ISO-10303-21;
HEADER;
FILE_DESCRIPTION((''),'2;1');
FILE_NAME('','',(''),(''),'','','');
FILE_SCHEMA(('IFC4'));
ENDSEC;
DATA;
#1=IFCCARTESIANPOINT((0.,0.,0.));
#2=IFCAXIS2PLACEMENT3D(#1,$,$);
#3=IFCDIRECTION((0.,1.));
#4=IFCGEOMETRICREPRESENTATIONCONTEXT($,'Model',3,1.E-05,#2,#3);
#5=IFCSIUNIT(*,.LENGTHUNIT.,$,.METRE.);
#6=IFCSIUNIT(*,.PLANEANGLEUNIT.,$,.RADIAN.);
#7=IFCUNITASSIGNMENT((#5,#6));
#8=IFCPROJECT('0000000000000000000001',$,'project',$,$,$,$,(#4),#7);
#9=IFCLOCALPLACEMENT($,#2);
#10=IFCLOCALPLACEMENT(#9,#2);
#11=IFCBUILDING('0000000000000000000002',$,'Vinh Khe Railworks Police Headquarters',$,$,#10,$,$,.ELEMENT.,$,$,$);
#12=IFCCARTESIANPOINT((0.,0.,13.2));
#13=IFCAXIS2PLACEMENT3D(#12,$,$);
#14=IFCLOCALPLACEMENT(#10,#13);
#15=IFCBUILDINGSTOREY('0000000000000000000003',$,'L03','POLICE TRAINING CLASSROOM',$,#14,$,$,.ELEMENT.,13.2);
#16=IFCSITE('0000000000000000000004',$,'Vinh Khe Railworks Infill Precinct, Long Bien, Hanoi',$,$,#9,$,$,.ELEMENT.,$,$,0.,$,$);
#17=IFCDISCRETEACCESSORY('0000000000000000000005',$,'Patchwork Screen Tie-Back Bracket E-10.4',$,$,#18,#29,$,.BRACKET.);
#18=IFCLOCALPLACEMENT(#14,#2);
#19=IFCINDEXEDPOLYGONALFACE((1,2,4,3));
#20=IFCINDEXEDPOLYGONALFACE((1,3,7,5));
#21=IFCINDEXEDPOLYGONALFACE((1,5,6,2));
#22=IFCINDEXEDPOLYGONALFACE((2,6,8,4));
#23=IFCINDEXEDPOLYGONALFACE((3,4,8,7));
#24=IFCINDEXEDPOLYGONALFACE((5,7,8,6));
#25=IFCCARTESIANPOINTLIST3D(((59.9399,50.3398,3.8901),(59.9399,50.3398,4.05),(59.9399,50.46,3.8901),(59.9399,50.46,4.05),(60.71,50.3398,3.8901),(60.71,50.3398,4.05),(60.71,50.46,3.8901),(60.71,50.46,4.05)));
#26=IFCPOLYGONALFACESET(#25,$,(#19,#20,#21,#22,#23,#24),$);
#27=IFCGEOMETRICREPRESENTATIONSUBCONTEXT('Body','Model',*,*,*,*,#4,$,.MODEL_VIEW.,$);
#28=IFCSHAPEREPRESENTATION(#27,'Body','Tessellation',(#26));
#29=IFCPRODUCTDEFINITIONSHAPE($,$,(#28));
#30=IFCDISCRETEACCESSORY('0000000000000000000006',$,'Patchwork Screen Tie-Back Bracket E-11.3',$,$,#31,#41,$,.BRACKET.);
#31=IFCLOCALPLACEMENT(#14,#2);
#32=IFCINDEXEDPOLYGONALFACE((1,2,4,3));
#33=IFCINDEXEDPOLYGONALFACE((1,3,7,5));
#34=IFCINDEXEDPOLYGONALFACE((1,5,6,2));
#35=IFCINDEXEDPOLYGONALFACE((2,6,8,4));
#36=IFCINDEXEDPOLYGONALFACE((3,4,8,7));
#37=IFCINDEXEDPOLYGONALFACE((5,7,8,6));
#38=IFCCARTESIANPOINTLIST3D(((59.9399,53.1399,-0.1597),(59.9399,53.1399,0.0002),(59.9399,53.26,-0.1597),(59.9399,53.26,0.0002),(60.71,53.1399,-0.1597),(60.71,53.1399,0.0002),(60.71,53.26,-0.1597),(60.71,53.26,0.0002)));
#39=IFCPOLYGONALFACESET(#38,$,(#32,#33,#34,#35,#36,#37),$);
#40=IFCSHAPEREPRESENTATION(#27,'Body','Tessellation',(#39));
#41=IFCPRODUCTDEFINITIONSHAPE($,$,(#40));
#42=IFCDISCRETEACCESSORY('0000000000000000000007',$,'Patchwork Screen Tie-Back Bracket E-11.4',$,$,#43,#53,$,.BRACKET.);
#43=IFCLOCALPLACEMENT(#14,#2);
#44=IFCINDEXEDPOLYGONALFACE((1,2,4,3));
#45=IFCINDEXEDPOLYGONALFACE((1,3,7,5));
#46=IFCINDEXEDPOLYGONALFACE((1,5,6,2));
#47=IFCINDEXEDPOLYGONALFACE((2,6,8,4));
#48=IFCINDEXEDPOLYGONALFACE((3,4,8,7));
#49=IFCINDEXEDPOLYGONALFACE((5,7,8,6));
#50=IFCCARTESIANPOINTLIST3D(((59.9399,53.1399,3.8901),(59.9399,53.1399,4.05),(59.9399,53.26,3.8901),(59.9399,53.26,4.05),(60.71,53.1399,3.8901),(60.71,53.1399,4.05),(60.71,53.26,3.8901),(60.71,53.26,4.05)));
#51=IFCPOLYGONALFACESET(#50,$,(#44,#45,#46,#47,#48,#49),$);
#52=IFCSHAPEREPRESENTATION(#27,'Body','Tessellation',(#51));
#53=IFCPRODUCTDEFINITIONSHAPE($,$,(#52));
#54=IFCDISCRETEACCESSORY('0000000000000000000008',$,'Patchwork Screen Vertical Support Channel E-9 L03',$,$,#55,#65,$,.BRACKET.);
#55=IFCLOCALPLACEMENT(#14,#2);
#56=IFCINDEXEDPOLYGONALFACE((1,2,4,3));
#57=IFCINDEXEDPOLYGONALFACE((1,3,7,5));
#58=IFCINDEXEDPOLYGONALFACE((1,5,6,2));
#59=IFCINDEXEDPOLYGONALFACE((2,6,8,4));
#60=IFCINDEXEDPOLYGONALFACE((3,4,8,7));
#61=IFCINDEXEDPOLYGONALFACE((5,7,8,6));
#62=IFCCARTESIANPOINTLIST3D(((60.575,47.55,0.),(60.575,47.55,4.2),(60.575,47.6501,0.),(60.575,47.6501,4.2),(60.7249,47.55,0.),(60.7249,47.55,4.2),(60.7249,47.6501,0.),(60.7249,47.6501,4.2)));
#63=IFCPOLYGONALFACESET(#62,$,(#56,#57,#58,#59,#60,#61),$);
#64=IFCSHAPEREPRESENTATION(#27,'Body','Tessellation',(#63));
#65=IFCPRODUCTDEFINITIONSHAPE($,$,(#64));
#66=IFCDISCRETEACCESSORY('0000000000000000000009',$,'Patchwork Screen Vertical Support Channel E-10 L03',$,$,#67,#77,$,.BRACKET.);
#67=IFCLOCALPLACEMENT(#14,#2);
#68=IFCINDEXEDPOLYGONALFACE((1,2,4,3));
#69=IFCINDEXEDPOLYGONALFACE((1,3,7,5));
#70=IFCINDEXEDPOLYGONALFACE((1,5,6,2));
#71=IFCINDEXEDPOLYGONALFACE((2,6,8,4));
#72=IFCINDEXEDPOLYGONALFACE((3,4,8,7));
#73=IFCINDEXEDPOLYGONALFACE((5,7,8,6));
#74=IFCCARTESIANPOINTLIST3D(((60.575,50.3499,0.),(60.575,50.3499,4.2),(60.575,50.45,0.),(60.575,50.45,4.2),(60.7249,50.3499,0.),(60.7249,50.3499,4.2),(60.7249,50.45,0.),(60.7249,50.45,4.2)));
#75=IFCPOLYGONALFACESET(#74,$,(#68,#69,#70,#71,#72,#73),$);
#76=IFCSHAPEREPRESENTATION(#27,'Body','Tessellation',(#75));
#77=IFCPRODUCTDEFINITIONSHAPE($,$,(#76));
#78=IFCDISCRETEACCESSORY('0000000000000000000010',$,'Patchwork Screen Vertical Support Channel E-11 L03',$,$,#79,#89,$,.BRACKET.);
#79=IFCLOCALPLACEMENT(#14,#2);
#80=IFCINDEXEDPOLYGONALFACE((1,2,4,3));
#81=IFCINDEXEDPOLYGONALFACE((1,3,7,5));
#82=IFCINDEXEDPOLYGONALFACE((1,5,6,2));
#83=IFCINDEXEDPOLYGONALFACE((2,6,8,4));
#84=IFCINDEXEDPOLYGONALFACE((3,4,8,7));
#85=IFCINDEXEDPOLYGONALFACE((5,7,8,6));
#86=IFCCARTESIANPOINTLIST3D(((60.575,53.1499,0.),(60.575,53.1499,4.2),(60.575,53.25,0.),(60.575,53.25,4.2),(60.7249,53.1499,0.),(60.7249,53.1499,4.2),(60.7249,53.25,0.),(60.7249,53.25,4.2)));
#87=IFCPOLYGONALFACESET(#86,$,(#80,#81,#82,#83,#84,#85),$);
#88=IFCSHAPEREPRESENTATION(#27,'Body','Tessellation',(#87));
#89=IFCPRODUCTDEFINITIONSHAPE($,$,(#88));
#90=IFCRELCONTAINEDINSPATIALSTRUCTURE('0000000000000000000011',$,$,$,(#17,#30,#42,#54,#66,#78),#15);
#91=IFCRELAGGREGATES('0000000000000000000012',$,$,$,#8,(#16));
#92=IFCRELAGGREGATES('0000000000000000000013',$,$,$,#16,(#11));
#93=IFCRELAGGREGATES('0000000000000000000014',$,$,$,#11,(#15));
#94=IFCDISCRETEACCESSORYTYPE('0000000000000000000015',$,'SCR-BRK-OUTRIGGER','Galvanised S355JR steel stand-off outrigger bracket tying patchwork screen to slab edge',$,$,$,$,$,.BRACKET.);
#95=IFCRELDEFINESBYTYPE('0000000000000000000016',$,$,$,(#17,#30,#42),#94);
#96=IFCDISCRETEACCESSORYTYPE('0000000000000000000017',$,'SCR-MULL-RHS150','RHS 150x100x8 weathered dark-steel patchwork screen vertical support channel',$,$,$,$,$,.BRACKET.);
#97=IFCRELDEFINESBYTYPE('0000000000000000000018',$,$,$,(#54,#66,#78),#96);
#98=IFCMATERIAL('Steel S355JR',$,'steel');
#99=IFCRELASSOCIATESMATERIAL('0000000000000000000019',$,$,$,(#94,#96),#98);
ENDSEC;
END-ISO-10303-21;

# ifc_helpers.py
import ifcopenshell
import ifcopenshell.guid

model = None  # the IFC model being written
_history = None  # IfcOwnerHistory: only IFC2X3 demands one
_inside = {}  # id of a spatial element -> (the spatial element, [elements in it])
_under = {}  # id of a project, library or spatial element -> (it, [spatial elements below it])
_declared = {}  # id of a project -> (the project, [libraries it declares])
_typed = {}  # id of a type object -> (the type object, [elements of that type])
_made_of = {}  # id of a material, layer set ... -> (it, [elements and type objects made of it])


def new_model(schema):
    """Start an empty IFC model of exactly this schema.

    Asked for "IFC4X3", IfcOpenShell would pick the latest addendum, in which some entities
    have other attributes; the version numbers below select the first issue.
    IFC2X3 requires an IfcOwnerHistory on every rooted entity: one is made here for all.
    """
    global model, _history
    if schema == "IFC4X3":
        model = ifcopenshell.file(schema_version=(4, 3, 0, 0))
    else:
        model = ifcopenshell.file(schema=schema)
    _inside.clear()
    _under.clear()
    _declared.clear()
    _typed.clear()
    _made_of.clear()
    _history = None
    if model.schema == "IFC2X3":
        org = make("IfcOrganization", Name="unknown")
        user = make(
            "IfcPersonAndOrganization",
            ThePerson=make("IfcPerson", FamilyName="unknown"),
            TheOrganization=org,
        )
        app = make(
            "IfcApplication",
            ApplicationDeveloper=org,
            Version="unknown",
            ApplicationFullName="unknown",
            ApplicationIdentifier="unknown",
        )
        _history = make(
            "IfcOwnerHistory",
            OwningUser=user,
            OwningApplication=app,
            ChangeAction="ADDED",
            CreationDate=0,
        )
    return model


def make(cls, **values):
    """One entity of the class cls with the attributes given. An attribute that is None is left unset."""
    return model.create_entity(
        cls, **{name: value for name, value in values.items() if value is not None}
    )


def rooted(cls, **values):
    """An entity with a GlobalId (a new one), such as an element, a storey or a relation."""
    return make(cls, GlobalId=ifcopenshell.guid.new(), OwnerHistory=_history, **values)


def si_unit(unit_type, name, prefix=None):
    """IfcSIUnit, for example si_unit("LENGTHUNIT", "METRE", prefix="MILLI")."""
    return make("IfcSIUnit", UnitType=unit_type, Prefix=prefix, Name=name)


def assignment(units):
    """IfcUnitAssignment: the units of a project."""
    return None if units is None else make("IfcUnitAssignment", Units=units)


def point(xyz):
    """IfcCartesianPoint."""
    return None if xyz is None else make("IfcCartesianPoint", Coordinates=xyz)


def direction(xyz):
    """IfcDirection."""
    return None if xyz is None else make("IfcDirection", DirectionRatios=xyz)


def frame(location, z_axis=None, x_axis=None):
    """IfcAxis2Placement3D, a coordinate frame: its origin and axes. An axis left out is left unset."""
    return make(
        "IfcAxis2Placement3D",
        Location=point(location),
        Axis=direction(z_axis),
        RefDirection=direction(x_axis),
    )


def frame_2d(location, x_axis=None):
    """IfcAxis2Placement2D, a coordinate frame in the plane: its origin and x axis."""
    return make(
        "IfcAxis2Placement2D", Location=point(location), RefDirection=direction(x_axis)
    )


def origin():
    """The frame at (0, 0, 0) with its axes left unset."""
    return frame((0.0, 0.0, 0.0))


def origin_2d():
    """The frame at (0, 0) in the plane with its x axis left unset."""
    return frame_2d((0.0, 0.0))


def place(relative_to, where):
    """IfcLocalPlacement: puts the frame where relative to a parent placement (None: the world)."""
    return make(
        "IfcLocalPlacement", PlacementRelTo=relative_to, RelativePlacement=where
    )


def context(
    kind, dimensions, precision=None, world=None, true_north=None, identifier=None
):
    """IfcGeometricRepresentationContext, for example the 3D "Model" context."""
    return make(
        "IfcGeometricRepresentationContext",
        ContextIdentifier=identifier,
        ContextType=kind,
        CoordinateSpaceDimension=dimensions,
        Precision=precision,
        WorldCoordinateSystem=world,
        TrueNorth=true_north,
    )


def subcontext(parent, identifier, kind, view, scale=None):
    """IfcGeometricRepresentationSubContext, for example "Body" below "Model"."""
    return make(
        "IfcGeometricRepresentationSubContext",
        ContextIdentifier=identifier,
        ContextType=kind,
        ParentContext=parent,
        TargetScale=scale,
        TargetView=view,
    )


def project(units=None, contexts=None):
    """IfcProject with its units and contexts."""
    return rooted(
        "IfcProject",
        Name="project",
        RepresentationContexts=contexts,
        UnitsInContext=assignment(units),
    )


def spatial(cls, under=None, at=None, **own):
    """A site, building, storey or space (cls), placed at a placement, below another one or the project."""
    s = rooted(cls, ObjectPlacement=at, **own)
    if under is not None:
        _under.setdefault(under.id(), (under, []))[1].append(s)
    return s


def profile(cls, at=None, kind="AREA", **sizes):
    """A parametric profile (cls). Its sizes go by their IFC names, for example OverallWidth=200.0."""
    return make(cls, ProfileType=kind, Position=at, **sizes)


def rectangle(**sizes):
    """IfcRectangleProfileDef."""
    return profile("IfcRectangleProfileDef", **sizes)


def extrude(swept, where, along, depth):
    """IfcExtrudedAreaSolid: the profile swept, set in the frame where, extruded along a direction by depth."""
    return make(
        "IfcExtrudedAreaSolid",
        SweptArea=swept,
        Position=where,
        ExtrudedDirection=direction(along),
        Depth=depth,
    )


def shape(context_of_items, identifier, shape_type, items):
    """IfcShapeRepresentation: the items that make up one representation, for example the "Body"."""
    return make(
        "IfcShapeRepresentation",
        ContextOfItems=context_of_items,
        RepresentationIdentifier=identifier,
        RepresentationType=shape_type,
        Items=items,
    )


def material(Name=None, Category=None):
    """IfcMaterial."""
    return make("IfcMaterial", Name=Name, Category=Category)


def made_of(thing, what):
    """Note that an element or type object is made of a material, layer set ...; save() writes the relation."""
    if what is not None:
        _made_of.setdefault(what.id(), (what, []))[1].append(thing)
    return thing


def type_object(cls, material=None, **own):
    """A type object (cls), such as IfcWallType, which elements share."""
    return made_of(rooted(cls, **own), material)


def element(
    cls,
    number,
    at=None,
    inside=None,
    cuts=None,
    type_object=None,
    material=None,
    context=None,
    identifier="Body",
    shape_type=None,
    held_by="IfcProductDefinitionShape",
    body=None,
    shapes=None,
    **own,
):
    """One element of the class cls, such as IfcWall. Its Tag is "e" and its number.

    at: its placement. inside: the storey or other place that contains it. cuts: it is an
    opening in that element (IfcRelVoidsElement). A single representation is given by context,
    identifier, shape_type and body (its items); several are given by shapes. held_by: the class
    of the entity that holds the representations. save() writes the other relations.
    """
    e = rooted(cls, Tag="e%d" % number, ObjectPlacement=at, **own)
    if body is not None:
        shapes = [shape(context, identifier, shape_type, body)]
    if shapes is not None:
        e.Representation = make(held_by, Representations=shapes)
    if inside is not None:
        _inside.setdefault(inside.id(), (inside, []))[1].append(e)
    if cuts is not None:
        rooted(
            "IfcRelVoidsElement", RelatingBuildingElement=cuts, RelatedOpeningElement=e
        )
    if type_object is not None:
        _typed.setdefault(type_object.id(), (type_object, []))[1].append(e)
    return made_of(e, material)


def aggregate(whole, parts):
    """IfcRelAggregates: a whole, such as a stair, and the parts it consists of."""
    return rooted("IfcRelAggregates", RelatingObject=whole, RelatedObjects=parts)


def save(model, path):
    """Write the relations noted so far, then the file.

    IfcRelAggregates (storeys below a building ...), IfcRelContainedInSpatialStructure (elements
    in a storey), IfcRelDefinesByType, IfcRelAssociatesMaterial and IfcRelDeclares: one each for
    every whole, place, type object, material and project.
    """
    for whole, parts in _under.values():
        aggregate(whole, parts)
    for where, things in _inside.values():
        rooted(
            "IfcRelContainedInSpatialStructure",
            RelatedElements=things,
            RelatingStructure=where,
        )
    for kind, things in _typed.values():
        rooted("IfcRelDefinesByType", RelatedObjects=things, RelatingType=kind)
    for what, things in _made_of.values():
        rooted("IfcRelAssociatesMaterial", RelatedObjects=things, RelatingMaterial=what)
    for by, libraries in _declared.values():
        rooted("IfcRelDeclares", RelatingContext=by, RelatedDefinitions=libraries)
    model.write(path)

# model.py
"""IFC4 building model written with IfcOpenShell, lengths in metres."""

from ifc_helpers import new_model, si_unit, direction, frame, origin, origin_2d, place, context, subcontext, project, spatial, rectangle, extrude, material, type_object, element, save


model = new_model("IFC4")

# Units and contexts
model_context = context("Model", 3, precision=1e-05, world=origin(), true_north=direction((0.0, 1.0)))
body_context = subcontext(model_context, "Body", "Model", "MODEL_VIEW")
ifc_project = project(units=[si_unit("LENGTHUNIT", "METRE"), si_unit("PLANEANGLEUNIT", "RADIAN")], contexts=[model_context])

# Site, building, storey
site_placement = place(None, origin())
site = spatial("IfcSite", under=ifc_project, at=site_placement, Name="Vinh Khe Railworks Infill Precinct, Long Bien, Hanoi", CompositionType="ELEMENT", RefElevation=0.0)
building_placement = place(site_placement, origin())
building = spatial("IfcBuilding", under=site, at=building_placement, Name="Vinh Khe Railworks Police Headquarters", CompositionType="ELEMENT")
storey_placement = place(building_placement, frame((0.0, 0.0, 13.2)))
storey = spatial("IfcBuildingStorey", under=building, at=storey_placement, Name="L03", Description="POLICE TRAINING CLASSROOM", CompositionType="ELEMENT", Elevation=13.2)

# Shared definitions
ifc_material_1 = material(Name="Steel S355JR", Category="steel")

# Discrete accessories
discrete_accessory_type_1 = type_object("IfcDiscreteAccessoryType", Name="SCR-BRK-OUTRIGGER", Description="Galvanised S355JR steel stand-off outrigger bracket tying patchwork screen to slab edge", PredefinedType="BRACKET", material=ifc_material_1)
for number, where, z_axis, x_axis, name in (
    (1, (60.325, 50.3999, 3.8901), (0.0, 0.0, 1.0), (1.0, 0.0, 0.0), "Patchwork Screen Tie-Back Bracket E-10.4"),
    (2, (60.325, 53.2, -0.1597), (0.0, 0.0, 1.0), (1.0, 0.0, 0.0), "Patchwork Screen Tie-Back Bracket E-11.3"),
    (3, (60.325, 53.2, 3.8901), (0.0, 0.0, 1.0), (1.0, 0.0, 0.0), "Patchwork Screen Tie-Back Bracket E-11.4"),
):
    element("IfcDiscreteAccessory", number, at=place(storey_placement, frame(where, z_axis=z_axis, x_axis=x_axis)), inside=storey, type_object=discrete_accessory_type_1, Name=name, PredefinedType="BRACKET", context=body_context, shape_type="SweptSolid", body=[
        extrude(rectangle(XDim=0.77, YDim=0.1201, at=origin_2d()), origin(), (0.0, 0.0, 1.0), 0.1599),
    ])
discrete_accessory_type_2 = type_object("IfcDiscreteAccessoryType", Name="SCR-MULL-RHS150", Description="RHS 150x100x8 weathered dark-steel patchwork screen vertical support channel", PredefinedType="BRACKET", material=ifc_material_1)
for number, where, z_axis, x_axis, name in (
    (4, (60.6499, 47.6001, 0.0), (0.0, 0.0, 1.0), (1.0, 0.0, 0.0), "Patchwork Screen Vertical Support Channel E-9 L03"),
    (5, (60.6499, 50.3999, 0.0), (0.0, 0.0, 1.0), (1.0, 0.0, 0.0), "Patchwork Screen Vertical Support Channel E-10 L03"),
    (6, (60.6499, 53.2, 0.0), (0.0, 0.0, 1.0), (1.0, 0.0, 0.0), "Patchwork Screen Vertical Support Channel E-11 L03"),
):
    element("IfcDiscreteAccessory", number, at=place(storey_placement, frame(where, z_axis=z_axis, x_axis=x_axis)), inside=storey, type_object=discrete_accessory_type_2, Name=name, PredefinedType="BRACKET", context=body_context, shape_type="SweptSolid", body=[
        extrude(rectangle(XDim=0.1499, YDim=0.1001, at=origin_2d()), origin(), (0.0, 0.0, 1.0), 4.2),
    ])

save(model, "model.ifc")
